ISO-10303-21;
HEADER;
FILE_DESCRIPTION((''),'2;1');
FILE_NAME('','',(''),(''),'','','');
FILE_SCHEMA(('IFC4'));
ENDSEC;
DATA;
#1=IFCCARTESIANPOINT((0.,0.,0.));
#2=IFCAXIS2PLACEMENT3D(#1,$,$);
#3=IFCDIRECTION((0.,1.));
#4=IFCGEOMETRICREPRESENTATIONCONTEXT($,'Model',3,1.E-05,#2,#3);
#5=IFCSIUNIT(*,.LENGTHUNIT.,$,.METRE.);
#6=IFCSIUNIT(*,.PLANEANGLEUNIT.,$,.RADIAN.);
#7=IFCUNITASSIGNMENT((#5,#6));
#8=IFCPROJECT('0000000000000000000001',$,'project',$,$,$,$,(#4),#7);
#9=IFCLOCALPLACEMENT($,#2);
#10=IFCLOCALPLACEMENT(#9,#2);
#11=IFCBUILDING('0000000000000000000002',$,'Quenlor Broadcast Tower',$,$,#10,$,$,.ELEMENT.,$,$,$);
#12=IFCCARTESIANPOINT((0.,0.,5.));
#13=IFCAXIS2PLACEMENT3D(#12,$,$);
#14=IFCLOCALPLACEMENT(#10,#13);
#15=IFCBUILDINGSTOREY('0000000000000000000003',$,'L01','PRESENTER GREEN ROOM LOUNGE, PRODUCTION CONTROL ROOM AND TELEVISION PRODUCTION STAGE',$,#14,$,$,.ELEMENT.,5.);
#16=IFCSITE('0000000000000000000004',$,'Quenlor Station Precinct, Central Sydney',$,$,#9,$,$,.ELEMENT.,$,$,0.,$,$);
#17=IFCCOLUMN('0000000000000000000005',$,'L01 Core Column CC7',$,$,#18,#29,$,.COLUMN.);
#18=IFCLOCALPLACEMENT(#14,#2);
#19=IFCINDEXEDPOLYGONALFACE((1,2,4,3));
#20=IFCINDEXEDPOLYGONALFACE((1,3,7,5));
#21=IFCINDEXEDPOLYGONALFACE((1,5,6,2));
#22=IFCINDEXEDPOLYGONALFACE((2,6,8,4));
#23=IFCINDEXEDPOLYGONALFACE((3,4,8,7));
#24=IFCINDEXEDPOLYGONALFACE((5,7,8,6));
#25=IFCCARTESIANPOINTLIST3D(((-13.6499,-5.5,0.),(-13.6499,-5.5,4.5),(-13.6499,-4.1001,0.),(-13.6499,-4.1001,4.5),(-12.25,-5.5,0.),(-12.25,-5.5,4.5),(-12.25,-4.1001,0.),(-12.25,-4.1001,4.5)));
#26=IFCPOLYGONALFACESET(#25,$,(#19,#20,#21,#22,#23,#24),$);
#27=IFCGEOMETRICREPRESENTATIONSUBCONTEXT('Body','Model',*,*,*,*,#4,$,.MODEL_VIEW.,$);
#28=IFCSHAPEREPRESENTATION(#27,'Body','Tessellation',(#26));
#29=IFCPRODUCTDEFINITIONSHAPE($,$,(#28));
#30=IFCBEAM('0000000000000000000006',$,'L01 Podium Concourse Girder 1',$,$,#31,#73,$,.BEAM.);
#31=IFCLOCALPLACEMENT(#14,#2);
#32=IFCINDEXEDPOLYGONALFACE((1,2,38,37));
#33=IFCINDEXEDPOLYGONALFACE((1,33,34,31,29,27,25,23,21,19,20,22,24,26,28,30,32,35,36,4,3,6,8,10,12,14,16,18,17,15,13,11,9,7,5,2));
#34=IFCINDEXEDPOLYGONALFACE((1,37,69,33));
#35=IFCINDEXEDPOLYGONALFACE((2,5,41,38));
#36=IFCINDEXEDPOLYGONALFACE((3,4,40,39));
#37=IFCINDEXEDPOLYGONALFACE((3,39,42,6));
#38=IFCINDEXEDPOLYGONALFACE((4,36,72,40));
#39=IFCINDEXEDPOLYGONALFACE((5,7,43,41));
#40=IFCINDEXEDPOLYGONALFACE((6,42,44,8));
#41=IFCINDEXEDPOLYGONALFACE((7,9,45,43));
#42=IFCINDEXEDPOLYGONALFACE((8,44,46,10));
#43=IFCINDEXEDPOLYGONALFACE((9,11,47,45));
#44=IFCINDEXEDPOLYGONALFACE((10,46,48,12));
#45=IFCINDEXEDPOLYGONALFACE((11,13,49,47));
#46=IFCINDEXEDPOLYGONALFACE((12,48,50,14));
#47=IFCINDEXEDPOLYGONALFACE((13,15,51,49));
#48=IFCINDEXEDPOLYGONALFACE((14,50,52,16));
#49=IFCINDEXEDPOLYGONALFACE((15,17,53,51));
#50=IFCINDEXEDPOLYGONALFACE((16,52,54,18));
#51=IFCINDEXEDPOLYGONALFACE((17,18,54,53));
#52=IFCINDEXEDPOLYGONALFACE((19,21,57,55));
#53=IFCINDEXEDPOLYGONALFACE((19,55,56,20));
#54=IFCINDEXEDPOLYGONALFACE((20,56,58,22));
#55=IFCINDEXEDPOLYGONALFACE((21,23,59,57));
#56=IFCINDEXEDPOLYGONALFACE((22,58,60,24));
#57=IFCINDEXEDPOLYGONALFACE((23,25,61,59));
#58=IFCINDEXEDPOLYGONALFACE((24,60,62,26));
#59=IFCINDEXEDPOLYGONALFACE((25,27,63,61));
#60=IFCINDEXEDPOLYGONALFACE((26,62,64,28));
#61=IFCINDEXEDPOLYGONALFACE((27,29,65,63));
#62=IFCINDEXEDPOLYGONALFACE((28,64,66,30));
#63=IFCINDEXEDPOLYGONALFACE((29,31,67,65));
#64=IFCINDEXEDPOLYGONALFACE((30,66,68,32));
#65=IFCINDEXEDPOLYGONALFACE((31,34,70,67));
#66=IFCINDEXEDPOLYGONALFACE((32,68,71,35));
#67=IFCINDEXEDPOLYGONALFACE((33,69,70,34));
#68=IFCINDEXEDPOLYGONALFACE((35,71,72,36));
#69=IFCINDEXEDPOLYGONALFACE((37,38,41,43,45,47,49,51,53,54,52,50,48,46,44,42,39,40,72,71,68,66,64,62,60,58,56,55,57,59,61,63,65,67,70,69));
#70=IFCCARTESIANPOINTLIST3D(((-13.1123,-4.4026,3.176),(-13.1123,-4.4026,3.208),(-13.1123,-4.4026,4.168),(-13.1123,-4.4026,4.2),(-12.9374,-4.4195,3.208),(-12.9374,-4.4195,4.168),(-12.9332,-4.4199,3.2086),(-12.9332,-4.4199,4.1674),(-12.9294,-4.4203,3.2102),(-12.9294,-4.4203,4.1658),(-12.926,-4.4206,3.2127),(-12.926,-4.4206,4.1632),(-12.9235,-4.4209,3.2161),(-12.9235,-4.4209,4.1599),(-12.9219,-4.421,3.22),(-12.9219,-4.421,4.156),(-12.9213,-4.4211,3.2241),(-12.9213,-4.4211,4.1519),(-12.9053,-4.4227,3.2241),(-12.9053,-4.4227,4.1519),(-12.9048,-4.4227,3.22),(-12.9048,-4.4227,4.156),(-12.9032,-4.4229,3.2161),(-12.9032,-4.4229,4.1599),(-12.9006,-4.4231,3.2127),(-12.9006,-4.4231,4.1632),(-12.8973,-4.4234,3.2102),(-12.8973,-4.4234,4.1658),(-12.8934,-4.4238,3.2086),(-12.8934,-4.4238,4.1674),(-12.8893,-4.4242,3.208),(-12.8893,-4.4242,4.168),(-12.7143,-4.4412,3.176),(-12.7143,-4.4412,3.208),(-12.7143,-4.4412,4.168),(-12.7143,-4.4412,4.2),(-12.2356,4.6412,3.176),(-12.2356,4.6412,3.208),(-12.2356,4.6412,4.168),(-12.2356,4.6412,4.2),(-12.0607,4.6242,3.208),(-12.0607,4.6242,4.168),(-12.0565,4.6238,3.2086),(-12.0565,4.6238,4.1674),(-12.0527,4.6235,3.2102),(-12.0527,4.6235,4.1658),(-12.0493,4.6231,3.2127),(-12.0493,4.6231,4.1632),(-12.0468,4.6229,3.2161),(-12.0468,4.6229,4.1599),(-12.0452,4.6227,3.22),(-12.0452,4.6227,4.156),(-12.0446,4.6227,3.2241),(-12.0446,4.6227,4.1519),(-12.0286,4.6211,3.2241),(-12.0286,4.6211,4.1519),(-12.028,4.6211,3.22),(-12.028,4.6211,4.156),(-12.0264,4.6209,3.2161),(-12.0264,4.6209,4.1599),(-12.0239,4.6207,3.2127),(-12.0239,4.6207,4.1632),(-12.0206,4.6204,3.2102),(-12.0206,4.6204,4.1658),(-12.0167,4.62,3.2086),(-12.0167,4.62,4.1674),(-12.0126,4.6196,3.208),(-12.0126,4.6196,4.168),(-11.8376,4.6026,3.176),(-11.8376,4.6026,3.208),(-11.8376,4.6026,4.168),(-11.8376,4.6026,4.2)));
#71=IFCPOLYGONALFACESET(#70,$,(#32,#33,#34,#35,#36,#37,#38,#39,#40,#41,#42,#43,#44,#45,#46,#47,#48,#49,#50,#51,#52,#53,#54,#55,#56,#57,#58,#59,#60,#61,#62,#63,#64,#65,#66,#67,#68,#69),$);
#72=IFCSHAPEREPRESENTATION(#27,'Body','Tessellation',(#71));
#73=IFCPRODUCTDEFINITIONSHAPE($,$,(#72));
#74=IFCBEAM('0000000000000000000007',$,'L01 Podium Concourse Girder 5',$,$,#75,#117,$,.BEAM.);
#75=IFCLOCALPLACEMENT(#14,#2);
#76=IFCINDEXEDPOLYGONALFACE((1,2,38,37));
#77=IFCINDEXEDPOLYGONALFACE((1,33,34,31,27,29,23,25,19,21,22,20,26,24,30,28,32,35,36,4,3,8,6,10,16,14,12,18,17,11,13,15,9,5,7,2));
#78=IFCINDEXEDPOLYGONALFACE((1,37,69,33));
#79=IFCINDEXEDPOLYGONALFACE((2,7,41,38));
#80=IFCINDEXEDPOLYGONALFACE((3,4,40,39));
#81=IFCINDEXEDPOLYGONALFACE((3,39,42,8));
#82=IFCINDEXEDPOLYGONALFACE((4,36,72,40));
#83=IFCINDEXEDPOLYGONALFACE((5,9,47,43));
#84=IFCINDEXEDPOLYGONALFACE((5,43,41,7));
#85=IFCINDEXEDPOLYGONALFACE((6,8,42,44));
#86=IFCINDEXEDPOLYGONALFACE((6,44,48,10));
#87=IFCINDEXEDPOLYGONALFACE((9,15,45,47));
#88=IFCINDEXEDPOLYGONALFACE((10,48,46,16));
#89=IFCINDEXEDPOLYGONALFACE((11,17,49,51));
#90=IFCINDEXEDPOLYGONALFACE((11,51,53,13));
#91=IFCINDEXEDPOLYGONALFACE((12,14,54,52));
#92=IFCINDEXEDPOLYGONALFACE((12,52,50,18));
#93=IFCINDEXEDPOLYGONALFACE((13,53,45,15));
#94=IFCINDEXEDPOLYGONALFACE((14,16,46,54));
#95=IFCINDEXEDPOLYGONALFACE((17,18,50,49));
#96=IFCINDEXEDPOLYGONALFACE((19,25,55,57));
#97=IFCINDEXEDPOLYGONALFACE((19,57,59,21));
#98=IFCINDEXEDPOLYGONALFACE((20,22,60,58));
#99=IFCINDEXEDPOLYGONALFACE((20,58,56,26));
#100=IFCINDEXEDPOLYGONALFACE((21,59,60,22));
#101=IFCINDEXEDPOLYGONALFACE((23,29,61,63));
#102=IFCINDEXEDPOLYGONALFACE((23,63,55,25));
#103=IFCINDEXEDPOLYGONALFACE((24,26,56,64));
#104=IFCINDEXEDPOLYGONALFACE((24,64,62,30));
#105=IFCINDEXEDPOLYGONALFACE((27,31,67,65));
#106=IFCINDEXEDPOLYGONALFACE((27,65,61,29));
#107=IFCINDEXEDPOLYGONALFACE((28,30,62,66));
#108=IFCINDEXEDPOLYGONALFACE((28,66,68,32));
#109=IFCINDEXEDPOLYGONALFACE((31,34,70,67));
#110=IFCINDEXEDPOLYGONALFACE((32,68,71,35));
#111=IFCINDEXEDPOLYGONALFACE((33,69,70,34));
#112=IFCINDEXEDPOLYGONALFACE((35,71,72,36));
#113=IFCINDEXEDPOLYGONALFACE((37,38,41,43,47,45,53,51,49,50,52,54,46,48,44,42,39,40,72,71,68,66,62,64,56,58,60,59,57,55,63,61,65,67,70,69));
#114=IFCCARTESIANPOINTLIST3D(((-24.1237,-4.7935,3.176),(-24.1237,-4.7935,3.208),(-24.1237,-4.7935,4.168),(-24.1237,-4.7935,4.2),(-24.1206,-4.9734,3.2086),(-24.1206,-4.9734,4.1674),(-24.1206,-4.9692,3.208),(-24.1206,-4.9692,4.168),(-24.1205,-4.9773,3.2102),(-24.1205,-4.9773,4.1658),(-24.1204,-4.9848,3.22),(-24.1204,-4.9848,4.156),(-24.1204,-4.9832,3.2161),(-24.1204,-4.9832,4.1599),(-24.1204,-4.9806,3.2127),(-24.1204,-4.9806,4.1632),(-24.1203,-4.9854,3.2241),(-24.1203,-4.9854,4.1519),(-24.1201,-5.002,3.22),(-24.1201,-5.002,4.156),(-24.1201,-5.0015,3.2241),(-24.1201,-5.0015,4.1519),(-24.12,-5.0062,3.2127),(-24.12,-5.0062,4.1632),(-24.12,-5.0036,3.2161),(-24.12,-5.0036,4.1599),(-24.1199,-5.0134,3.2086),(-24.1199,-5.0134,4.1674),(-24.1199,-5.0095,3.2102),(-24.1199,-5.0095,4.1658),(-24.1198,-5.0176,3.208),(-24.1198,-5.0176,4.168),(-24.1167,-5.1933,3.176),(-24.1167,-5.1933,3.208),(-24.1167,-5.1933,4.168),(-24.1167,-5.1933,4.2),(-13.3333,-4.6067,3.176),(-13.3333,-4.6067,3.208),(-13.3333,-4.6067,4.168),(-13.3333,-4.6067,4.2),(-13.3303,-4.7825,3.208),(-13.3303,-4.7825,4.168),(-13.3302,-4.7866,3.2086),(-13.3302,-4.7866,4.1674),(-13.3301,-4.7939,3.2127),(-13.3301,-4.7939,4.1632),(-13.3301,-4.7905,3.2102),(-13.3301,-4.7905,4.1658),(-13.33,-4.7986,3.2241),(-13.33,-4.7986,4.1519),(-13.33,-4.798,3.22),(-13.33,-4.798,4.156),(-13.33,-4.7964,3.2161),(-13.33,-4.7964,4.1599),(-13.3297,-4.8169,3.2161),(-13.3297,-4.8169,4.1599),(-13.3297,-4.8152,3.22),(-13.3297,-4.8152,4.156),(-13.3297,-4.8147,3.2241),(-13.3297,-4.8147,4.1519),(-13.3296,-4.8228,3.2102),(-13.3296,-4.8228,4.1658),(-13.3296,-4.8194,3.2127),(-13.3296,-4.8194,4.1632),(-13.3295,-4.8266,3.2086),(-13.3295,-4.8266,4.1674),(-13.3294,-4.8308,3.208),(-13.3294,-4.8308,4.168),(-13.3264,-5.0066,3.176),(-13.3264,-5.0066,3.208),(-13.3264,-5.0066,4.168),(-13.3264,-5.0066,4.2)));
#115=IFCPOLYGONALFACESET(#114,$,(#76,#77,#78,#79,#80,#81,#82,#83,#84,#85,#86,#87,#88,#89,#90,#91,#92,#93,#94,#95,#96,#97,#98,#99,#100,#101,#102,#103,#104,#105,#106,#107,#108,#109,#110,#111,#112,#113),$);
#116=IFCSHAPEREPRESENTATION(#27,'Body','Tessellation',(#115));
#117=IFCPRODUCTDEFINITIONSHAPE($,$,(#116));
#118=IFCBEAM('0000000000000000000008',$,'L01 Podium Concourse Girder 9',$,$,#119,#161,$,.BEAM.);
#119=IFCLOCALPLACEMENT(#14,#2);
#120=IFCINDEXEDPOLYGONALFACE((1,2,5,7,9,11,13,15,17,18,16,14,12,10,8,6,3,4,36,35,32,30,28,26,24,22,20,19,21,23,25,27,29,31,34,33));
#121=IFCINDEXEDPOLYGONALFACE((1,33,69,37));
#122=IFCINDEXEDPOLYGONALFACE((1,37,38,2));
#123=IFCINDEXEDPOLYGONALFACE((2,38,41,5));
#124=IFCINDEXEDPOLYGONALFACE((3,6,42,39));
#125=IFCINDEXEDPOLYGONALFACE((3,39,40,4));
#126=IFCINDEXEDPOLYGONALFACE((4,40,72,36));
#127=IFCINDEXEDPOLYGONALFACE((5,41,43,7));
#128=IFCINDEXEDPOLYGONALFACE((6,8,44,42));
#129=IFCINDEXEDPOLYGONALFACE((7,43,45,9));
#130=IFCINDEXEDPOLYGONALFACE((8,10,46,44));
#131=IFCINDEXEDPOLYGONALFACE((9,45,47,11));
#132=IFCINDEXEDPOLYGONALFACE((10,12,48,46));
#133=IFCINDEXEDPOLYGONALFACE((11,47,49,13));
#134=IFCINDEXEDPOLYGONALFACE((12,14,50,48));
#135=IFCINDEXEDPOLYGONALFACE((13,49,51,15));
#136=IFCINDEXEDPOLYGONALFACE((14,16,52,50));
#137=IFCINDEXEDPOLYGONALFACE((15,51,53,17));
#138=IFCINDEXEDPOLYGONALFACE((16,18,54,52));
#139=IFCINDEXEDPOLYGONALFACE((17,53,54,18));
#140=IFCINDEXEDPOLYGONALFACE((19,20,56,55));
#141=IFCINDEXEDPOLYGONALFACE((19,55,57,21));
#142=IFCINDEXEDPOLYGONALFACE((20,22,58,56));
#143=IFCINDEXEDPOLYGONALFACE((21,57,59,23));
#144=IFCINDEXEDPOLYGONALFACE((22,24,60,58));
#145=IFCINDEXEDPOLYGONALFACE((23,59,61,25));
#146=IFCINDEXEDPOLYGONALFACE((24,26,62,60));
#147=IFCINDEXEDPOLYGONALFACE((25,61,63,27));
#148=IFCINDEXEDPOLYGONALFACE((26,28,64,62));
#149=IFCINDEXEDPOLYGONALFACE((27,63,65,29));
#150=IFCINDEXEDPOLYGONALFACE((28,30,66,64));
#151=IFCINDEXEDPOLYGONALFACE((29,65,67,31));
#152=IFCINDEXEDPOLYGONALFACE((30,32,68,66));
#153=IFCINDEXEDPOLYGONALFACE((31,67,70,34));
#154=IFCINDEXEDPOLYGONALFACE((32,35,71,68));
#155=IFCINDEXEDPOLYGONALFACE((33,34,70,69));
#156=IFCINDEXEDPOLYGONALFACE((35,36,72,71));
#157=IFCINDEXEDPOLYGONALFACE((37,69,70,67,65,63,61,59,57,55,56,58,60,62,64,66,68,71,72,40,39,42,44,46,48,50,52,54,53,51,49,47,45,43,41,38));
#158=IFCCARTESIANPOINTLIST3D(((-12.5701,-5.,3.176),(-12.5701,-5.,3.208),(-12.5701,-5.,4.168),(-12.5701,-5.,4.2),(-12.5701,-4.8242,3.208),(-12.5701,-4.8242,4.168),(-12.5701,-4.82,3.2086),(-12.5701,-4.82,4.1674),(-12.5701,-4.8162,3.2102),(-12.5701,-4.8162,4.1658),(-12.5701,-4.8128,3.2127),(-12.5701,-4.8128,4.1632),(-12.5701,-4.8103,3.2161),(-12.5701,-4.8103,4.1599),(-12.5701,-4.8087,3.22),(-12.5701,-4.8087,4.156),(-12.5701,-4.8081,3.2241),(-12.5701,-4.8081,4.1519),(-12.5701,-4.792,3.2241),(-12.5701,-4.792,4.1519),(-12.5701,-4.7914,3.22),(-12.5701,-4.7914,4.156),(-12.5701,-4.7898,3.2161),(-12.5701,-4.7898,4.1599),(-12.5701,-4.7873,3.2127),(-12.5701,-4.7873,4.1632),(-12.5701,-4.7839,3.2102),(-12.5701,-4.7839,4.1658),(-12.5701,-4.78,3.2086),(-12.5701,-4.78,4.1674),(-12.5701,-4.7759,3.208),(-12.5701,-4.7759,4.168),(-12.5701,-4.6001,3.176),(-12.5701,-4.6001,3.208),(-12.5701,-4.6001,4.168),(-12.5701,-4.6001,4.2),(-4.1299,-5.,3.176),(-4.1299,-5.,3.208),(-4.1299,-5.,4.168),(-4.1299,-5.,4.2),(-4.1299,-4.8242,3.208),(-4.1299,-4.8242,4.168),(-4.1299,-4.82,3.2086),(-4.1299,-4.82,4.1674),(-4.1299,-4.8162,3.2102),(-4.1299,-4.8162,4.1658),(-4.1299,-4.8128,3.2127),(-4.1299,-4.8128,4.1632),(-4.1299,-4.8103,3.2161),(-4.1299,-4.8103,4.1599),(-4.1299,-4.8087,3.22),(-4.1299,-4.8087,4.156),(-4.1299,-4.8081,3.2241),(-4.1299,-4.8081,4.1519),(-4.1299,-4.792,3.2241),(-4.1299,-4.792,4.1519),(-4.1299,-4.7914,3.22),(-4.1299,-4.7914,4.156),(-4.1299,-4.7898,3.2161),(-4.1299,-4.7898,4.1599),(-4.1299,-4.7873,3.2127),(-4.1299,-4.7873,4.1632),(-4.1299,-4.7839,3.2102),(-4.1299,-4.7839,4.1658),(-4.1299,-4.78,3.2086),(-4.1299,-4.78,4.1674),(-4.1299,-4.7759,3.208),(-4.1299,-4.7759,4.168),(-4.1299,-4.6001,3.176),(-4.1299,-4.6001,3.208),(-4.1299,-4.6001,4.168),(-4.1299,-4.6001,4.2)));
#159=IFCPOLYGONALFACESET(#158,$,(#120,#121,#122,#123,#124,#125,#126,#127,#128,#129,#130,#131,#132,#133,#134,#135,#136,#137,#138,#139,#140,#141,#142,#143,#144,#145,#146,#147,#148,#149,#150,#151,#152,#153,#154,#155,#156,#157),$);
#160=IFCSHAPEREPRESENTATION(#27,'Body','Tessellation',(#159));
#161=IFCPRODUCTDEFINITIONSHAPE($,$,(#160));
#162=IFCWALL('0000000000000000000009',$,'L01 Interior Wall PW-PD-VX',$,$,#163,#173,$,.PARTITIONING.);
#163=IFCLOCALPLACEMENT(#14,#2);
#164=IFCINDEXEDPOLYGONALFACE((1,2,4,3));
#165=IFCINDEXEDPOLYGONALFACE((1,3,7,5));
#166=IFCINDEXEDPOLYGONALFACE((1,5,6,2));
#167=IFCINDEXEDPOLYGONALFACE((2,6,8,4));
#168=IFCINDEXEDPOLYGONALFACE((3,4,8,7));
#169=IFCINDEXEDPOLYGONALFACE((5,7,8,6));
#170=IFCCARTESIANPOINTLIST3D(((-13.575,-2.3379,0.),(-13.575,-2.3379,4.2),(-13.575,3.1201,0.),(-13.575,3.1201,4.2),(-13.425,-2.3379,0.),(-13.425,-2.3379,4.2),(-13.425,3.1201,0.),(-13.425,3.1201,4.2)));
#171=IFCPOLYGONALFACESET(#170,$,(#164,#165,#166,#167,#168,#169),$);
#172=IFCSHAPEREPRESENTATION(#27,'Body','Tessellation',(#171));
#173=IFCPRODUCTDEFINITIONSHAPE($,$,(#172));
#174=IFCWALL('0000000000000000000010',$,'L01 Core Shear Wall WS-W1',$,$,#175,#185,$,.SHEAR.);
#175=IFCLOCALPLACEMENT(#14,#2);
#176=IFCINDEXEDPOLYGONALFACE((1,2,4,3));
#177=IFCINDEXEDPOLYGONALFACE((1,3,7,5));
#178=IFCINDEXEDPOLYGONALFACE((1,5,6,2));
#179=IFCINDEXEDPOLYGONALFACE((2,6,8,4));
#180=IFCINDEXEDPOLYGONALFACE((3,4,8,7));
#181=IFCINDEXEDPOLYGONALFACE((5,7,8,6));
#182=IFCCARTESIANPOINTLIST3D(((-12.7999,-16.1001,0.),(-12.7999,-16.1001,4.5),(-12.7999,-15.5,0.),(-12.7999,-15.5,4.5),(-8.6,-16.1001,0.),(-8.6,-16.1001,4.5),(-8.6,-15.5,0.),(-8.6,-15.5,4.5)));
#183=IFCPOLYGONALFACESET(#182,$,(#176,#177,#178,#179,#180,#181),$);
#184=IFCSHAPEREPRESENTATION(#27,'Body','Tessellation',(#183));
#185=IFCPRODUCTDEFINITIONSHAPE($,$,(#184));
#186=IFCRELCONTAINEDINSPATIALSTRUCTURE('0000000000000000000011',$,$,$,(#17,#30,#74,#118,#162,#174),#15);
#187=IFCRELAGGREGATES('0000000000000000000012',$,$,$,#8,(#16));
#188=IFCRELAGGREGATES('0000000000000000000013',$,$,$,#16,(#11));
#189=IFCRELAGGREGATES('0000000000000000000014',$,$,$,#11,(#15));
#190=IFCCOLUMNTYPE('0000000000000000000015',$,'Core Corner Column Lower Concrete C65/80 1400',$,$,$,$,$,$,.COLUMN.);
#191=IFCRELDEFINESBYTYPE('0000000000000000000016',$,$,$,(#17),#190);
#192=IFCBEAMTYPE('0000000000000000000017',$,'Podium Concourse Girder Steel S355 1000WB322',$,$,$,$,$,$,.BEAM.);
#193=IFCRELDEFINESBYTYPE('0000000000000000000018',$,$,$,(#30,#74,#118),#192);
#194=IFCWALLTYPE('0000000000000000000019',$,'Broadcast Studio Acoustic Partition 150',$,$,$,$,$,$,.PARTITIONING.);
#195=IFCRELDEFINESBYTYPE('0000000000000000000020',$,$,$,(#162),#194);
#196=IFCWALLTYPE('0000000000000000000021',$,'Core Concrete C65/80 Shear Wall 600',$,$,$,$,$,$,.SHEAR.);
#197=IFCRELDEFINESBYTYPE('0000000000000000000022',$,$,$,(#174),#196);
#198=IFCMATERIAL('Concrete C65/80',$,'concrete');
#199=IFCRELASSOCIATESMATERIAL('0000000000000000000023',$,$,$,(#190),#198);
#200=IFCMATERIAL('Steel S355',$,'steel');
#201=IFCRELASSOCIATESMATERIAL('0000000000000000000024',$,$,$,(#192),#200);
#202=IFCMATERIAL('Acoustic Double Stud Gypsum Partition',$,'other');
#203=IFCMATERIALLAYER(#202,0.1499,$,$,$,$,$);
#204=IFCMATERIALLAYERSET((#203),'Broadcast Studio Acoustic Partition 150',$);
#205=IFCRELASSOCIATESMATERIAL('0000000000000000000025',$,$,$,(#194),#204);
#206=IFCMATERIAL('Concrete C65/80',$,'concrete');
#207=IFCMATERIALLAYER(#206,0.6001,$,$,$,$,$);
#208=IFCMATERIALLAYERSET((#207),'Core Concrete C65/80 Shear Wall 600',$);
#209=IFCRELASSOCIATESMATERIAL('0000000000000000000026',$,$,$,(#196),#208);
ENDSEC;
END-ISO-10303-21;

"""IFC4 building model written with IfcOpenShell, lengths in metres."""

from ifc_helpers import new_model, si_unit, direction, frame, frame_2d, origin, origin_2d, place, context, subcontext, project, spatial, rectangle, i_section, extrude, material, layer, layer_set, material_profile, profile_set, type_object, element, save


model = new_model("IFC4")

# Units and contexts
model_context = context("Model", 3, precision=1e-05, world=origin(), true_north=direction((0.0, 1.0)))
body_context = subcontext(model_context, "Body", "Model", "MODEL_VIEW")
ifc_project = project(units=[si_unit("LENGTHUNIT", "METRE"), si_unit("PLANEANGLEUNIT", "RADIAN")], contexts=[model_context])

# Site, building, storey
site_placement = place(None, origin())
site = spatial("IfcSite", under=ifc_project, at=site_placement, Name="Quenlor Station Precinct, Central Sydney", CompositionType="ELEMENT", RefElevation=0.0)
building_placement = place(site_placement, origin())
building = spatial("IfcBuilding", under=site, at=building_placement, Name="Quenlor Broadcast Tower", CompositionType="ELEMENT")
storey_placement = place(building_placement, frame((0.0, 0.0, 5.0)))
storey = spatial("IfcBuildingStorey", under=building, at=storey_placement, Name="L01", Description="PRESENTER GREEN ROOM LOUNGE, PRODUCTION CONTROL ROOM AND TELEVISION PRODUCTION STAGE", CompositionType="ELEMENT", Elevation=5.0)

# Column
ifc_material_1 = material(Name="Concrete C65/80", Category="concrete")
ifc_material_profile_1 = material_profile(ifc_material_1, rectangle(XDim=1.3999, YDim=1.3999, at=origin_2d()))
ifc_profile_set_1 = profile_set([ifc_material_profile_1], Name="Concrete C65/80 RC1400x1400")
column_type = type_object("IfcColumnType", Name="Core Corner Column Lower Concrete C65/80 1400", PredefinedType="COLUMN", material=ifc_profile_set_1)
column_placement = place(storey_placement, frame((-12.95, -4.8, 0.0), z_axis=(0.0, 0.0, 1.0), x_axis=(1.0, 0.0, 0.0)))
element("IfcColumn", 1, at=column_placement, inside=storey, type_object=column_type, Name="L01 Core Column CC7", PredefinedType="COLUMN", context=body_context, shape_type="SweptSolid", body=[
    extrude(rectangle(XDim=1.3999, YDim=1.3999, at=origin_2d()), origin(), (0.0, 0.0, 1.0), 4.5),
])

# Beams
ifc_material_2 = material(Name="Steel S355", Category="steel")
ifc_material_profile_2 = material_profile(ifc_material_2, i_section(OverallWidth=0.3999, OverallDepth=1.0239, WebThickness=0.0161, FlangeThickness=0.032, FilletRadius=0.0161, at=origin_2d()))
ifc_profile_set_2 = profile_set([ifc_material_profile_2], Name="Steel S355 1000WB322")
beam_type = type_object("IfcBeamType", Name="Podium Concourse Girder Steel S355 1000WB322", PredefinedType="BEAM", material=ifc_profile_set_2)
beam_1_placement = place(storey_placement, frame((-12.9133, -4.4219, 3.688), z_axis=(0.096489, 0.995334, 0.0), x_axis=(-0.995334, 0.096489, 0.0)))
element("IfcBeam", 2, at=beam_1_placement, inside=storey, type_object=beam_type, Name="L01 Podium Concourse Girder 1", PredefinedType="BEAM", context=body_context, shape_type="SweptSolid", body=[
    extrude(i_section(OverallWidth=0.3999, OverallDepth=1.0239, WebThickness=0.0161, FlangeThickness=0.032, FilletRadius=0.0161, at=origin_2d()), origin(), (0.0, 0.0, 1.0), 9.0862),
])
beam_2_placement = place(storey_placement, frame((-13.3298, -4.8066, 3.688), z_axis=(-0.99985, -0.017306, 0.0), x_axis=(0.017306, -0.99985, 0.0)))
element("IfcBeam", 3, at=beam_2_placement, inside=storey, type_object=beam_type, Name="L01 Podium Concourse Girder 5", PredefinedType="BEAM", context=body_context, shape_type="SweptSolid", body=[
    extrude(i_section(OverallWidth=0.3999, OverallDepth=1.0239, WebThickness=0.0161, FlangeThickness=0.032, FilletRadius=0.0161, at=origin_2d()), origin(), (0.0, 0.0, 1.0), 10.792),
])
beam_3_placement = place(storey_placement, frame((-12.5701, -4.8, 3.688), z_axis=(1.0, 0.0, 0.0), x_axis=(0.0, 1.0, 0.0)))
element("IfcBeam", 4, at=beam_3_placement, inside=storey, type_object=beam_type, Name="L01 Podium Concourse Girder 9", PredefinedType="BEAM", context=body_context, shape_type="SweptSolid", body=[
    extrude(i_section(OverallWidth=0.3999, OverallDepth=1.0239, WebThickness=0.0161, FlangeThickness=0.032, FilletRadius=0.0161, at=origin_2d()), origin(), (0.0, 0.0, 1.0), 8.4402),
])

# Walls
ifc_material_3 = material(Name="Acoustic Double Stud Gypsum Partition", Category="other")
ifc_layer_1 = layer(ifc_material_3, 0.1499)
ifc_layer_set_1 = layer_set([ifc_layer_1], Name="Broadcast Studio Acoustic Partition 150")
wall_type_1 = type_object("IfcWallType", Name="Broadcast Studio Acoustic Partition 150", PredefinedType="PARTITIONING", material=ifc_layer_set_1)
wall_1_placement = place(storey_placement, frame((-13.5, -2.3379, 0.0), z_axis=(0.0, 0.0, 1.0), x_axis=(0.0, 1.0, 0.0)))
element("IfcWall", 5, at=wall_1_placement, inside=storey, type_object=wall_type_1, Name="L01 Interior Wall PW-PD-VX", PredefinedType="PARTITIONING", context=body_context, shape_type="SweptSolid", body=[
    extrude(rectangle(XDim=5.458, YDim=0.1499, at=frame_2d((2.729, 0.0))), origin(), (0.0, 0.0, 1.0), 4.2),
])
ifc_material_4 = material(Name="Concrete C65/80", Category="concrete")
ifc_layer_2 = layer(ifc_material_4, 0.6001)
ifc_layer_set_2 = layer_set([ifc_layer_2], Name="Core Concrete C65/80 Shear Wall 600")
wall_type_2 = type_object("IfcWallType", Name="Core Concrete C65/80 Shear Wall 600", PredefinedType="SHEAR", material=ifc_layer_set_2)
wall_2_placement = place(storey_placement, frame((-12.8, -15.8, 0.0), z_axis=(0.0, 0.0, 1.0), x_axis=(1.0, 0.0, 0.0)))
element("IfcWall", 6, at=wall_2_placement, inside=storey, type_object=wall_type_2, Name="L01 Core Shear Wall WS-W1", PredefinedType="SHEAR", context=body_context, shape_type="SweptSolid", body=[
    extrude(rectangle(XDim=4.2, YDim=0.6001, at=frame_2d((2.1001, 0.0))), origin(), (0.0, 0.0, 1.0), 4.5),
])

save(model, "model.ifc")
